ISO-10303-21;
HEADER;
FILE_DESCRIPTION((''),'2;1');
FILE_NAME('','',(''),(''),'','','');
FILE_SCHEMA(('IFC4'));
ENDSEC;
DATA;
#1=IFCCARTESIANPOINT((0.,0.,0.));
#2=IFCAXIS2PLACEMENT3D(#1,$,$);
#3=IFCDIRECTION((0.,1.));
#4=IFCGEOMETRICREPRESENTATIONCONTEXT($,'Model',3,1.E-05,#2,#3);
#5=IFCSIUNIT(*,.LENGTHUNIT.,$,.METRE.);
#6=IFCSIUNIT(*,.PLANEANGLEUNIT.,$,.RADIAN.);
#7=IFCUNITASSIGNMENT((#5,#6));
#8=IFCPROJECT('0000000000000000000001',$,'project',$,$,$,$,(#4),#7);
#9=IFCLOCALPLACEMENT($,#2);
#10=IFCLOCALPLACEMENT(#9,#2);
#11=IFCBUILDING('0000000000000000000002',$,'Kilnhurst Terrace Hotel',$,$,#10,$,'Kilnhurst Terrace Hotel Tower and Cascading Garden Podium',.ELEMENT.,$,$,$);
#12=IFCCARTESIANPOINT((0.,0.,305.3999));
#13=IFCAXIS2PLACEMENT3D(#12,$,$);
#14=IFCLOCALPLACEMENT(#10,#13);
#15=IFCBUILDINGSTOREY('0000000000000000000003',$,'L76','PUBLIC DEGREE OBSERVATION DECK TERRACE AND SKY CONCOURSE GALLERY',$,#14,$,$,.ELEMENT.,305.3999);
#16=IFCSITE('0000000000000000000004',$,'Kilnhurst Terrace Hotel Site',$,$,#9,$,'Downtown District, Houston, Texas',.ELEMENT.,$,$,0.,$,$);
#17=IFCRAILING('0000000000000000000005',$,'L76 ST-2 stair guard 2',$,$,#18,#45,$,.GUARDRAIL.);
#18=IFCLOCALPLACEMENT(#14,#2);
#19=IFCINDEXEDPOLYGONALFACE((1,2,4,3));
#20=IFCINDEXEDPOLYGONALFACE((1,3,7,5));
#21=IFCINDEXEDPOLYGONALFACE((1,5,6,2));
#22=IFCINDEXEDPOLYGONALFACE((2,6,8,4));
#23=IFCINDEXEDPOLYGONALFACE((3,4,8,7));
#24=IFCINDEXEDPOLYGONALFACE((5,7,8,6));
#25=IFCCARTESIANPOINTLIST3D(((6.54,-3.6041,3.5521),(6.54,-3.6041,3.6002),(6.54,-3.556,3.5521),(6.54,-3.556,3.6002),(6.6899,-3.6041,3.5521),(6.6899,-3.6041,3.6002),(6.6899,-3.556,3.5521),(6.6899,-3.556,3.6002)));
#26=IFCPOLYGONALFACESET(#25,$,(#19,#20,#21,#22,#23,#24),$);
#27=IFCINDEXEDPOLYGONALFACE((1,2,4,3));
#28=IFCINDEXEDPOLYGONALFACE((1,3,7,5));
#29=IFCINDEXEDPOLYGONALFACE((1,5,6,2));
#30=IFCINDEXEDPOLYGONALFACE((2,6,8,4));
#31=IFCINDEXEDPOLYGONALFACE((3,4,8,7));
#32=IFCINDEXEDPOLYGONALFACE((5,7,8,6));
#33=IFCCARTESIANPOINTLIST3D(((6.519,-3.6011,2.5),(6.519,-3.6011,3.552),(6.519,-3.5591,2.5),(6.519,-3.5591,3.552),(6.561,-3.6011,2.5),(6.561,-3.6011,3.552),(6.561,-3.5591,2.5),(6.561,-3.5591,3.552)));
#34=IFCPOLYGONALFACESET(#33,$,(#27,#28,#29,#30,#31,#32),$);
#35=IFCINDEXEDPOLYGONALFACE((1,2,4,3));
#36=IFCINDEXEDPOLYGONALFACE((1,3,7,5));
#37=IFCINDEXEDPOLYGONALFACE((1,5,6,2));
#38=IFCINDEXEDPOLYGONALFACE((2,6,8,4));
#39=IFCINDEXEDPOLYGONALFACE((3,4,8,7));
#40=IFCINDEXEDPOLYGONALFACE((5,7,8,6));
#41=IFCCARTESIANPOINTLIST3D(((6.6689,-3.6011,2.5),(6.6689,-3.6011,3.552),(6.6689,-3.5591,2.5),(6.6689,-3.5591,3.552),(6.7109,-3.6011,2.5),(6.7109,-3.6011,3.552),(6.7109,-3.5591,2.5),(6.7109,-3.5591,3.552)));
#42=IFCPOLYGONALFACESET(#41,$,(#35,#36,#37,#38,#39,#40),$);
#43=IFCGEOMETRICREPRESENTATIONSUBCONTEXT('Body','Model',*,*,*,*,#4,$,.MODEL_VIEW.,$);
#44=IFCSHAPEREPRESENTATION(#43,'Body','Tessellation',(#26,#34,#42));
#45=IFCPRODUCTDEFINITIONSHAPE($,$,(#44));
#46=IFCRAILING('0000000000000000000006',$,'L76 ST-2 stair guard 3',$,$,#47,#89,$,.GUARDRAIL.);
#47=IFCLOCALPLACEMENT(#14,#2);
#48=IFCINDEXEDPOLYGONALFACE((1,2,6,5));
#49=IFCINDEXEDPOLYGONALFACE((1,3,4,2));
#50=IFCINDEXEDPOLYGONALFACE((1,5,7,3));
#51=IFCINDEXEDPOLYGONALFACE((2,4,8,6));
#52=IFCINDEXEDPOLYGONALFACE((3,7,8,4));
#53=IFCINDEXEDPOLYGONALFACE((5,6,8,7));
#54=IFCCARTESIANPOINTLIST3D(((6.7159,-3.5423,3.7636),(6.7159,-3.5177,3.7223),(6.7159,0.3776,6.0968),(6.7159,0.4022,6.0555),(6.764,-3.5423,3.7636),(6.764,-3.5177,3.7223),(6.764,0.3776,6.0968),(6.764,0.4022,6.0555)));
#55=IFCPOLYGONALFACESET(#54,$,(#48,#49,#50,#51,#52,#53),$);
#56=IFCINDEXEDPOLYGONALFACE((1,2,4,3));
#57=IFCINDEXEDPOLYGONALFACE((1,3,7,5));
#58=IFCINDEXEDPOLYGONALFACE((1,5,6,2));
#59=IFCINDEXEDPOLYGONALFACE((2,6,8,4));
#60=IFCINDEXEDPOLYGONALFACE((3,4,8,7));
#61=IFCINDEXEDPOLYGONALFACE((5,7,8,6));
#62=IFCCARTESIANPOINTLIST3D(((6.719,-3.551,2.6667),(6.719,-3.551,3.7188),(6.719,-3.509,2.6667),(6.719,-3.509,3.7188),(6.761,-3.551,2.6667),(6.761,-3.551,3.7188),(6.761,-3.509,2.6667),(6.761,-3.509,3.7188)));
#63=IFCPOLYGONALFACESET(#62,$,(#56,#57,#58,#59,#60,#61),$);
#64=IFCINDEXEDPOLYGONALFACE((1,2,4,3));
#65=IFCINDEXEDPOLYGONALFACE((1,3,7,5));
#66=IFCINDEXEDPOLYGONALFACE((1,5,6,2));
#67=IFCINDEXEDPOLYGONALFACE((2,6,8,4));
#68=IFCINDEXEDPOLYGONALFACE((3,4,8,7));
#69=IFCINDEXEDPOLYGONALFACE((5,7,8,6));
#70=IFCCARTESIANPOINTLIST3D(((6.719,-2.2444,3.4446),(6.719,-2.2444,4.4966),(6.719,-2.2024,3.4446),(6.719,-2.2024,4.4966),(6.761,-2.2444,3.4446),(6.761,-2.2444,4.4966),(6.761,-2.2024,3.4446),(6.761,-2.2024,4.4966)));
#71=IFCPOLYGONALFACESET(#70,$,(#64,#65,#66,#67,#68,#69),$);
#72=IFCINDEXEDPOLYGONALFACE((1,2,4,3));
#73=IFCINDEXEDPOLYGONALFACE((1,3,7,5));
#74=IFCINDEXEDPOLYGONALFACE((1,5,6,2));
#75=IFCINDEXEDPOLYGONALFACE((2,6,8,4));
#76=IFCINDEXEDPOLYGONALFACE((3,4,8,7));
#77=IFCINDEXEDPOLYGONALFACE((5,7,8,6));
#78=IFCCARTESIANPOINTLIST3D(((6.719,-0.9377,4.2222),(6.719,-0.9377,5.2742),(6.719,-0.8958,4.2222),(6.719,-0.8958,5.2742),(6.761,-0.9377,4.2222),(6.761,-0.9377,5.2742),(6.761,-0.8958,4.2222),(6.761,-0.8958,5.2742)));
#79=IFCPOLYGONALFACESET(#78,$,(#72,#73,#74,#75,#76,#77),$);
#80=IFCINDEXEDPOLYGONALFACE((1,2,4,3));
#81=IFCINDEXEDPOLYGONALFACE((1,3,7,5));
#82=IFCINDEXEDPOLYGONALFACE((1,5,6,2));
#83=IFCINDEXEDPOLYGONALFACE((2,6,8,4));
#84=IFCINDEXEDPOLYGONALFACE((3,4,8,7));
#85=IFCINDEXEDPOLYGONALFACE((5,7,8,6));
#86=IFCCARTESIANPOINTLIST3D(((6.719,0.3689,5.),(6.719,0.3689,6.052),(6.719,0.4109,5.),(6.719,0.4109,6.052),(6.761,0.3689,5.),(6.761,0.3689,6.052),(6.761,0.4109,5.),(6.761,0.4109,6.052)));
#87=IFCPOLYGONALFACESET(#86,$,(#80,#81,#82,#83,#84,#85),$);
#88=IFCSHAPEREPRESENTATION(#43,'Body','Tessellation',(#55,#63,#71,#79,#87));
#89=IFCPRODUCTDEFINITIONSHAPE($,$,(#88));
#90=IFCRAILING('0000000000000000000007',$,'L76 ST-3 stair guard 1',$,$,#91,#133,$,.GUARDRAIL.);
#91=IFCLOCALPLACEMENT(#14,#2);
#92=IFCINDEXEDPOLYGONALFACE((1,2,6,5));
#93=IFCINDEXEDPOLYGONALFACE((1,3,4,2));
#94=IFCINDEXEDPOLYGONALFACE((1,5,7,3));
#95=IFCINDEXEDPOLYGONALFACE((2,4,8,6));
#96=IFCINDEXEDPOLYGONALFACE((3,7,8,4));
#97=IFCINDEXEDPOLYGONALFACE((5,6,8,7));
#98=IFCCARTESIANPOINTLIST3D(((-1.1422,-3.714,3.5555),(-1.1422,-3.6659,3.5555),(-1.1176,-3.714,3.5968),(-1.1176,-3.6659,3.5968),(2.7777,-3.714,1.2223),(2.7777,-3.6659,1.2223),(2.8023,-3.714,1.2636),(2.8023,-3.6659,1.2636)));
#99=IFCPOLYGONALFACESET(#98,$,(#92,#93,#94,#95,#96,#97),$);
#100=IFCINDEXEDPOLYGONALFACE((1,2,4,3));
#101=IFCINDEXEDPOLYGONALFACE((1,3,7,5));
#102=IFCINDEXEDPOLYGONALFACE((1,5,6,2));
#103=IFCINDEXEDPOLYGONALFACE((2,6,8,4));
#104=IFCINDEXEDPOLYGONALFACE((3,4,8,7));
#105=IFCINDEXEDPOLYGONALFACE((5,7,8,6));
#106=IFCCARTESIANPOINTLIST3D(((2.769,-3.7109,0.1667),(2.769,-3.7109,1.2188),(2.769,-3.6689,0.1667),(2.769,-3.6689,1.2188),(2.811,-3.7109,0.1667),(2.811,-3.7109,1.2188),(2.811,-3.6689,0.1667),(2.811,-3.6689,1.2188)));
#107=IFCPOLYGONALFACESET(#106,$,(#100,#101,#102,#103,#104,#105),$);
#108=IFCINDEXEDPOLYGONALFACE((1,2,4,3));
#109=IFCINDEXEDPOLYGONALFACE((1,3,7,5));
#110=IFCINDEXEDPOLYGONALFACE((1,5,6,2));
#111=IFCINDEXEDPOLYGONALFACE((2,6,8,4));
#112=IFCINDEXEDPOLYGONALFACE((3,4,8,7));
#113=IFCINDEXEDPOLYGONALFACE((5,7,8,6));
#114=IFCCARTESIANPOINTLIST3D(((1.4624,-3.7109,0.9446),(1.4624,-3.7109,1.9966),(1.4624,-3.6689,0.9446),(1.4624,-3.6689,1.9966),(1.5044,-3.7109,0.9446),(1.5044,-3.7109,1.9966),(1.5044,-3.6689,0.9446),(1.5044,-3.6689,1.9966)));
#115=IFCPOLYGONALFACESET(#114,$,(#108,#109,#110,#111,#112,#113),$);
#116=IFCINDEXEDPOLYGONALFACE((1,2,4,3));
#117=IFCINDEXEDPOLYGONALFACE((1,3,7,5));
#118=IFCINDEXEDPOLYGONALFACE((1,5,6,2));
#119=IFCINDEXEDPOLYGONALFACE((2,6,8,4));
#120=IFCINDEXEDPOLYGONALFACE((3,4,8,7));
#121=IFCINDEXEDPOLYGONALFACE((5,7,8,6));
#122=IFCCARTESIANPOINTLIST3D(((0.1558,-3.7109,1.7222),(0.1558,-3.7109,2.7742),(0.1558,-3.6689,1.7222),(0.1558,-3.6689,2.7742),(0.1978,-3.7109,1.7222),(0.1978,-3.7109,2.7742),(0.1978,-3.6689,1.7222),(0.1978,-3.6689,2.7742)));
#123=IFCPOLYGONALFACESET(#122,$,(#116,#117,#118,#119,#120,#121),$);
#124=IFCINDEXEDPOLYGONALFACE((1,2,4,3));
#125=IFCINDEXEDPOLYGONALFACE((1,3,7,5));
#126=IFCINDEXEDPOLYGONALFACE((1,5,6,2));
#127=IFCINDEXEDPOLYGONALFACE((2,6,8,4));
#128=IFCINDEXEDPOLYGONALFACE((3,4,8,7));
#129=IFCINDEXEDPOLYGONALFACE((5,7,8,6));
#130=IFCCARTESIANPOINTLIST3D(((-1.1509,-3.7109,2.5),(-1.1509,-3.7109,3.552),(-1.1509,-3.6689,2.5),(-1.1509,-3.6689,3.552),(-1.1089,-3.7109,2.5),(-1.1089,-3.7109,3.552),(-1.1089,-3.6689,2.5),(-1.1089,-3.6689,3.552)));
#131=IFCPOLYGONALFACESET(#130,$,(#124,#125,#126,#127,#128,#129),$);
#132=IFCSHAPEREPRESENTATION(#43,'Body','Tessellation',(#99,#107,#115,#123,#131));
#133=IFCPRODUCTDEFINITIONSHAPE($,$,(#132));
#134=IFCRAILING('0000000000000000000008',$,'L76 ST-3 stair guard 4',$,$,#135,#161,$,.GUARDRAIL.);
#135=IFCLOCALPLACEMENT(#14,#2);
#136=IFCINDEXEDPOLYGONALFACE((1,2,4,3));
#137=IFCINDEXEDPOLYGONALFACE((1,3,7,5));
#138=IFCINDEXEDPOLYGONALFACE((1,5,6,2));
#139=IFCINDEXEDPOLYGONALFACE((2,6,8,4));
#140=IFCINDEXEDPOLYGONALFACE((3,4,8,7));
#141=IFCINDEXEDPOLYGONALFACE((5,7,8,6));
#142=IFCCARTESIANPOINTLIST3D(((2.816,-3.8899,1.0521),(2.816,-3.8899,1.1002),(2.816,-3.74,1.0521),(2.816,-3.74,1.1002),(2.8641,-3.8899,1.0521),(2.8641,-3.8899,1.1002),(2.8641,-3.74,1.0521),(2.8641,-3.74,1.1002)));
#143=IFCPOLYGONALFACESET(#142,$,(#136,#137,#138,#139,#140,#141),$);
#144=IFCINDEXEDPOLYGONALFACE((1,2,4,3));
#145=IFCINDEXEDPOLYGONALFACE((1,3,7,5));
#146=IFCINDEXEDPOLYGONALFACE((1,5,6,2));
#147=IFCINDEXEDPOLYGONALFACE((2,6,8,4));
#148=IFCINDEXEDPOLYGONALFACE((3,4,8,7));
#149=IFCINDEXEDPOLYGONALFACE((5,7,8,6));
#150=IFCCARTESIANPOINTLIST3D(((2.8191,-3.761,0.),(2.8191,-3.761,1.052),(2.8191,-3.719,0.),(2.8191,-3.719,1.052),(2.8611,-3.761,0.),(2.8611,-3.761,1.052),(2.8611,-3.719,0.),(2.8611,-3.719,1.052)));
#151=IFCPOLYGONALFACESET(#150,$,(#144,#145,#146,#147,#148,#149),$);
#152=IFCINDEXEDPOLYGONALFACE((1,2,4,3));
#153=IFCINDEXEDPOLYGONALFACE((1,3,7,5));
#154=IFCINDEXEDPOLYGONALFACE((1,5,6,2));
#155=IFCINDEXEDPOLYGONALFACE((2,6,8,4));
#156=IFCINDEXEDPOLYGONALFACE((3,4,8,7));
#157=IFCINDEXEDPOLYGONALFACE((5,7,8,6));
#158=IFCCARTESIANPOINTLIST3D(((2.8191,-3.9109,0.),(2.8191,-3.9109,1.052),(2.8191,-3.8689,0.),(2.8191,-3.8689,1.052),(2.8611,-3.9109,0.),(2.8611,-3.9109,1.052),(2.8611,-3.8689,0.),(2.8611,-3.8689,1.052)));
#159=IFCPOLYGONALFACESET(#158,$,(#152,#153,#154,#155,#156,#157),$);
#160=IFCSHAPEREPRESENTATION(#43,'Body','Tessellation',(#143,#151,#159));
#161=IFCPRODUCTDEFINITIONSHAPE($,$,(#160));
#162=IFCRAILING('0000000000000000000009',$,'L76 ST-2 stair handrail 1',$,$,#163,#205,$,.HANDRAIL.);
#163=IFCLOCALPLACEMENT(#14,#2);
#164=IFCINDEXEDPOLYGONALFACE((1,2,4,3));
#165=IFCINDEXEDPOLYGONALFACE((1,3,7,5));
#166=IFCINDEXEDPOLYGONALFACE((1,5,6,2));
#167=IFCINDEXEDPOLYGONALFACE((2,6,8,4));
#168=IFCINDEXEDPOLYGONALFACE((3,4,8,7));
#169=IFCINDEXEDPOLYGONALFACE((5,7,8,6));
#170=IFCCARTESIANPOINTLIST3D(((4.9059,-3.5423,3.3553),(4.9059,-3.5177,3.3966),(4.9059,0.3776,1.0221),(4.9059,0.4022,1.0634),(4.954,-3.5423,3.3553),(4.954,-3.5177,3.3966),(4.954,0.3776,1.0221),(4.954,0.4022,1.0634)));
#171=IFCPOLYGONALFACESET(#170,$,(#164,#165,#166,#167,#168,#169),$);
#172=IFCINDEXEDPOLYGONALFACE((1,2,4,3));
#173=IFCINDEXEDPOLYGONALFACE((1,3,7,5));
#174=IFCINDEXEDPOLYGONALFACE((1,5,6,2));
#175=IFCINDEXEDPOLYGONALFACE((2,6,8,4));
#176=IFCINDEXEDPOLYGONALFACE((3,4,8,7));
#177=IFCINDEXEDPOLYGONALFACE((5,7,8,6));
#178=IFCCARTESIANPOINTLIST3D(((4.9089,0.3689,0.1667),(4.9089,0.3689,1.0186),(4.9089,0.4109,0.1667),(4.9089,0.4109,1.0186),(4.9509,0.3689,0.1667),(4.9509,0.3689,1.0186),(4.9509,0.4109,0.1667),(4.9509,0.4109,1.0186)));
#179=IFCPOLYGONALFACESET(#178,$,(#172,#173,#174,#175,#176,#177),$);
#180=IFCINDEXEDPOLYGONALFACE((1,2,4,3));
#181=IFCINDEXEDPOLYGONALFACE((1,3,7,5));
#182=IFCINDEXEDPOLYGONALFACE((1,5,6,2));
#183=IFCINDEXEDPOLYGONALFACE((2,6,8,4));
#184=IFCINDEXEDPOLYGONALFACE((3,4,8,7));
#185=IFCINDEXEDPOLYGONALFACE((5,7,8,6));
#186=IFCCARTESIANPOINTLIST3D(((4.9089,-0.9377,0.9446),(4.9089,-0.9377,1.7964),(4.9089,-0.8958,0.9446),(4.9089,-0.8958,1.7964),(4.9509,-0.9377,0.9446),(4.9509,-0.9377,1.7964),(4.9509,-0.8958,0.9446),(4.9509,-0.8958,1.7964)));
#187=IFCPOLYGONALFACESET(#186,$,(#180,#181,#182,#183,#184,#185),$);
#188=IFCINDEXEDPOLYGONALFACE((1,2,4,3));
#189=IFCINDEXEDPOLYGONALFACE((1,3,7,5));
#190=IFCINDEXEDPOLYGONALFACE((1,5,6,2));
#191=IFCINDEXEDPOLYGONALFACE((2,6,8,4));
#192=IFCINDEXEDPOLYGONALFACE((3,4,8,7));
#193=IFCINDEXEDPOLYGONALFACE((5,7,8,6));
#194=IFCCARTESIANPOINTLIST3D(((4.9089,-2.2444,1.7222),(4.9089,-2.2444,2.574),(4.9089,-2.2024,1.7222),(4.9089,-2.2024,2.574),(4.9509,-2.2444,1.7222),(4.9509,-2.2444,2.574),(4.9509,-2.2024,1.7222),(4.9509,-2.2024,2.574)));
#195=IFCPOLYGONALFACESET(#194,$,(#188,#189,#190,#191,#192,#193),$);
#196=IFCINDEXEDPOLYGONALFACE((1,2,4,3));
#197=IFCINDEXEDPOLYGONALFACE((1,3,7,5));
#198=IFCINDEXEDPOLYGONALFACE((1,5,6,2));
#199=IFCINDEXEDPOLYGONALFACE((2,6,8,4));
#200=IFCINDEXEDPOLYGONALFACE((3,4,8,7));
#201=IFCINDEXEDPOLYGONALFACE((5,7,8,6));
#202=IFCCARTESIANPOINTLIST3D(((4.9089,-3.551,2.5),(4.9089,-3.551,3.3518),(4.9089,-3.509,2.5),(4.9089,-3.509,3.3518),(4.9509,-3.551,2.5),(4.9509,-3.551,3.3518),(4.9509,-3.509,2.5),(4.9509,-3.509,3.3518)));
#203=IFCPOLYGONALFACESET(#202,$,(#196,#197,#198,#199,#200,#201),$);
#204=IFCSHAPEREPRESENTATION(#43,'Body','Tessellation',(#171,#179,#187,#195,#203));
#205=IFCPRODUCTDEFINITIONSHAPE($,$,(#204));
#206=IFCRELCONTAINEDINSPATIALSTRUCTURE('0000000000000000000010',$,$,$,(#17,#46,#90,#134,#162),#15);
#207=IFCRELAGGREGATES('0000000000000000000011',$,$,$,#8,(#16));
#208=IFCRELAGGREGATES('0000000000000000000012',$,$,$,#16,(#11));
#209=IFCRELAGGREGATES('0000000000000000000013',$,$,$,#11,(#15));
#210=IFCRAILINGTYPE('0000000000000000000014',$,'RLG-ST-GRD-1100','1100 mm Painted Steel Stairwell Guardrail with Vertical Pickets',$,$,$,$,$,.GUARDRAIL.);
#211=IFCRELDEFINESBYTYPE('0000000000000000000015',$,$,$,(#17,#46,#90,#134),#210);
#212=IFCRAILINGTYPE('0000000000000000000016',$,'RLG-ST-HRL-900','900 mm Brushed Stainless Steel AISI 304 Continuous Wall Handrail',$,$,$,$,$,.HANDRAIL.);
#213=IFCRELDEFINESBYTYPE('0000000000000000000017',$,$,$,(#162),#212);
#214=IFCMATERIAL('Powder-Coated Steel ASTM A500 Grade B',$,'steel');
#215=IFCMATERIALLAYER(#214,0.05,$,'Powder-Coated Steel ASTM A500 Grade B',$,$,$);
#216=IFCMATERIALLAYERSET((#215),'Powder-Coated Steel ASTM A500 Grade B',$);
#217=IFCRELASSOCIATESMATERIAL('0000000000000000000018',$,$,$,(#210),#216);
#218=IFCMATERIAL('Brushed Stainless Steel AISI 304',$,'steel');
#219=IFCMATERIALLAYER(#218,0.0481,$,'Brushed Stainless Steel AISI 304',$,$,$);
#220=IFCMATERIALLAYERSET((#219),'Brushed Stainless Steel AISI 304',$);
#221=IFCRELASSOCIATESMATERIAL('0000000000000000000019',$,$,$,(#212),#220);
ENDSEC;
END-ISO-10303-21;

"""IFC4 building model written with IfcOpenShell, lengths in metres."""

from ifc_helpers import new_model, si_unit, direction, frame, origin, origin_2d, place, context, subcontext, project, spatial, rectangle, extrude, material, layer, layer_set, type_object, element, save


model = new_model("IFC4")

# Units and contexts
model_context = context("Model", 3, precision=1e-05, world=origin(), true_north=direction((0.0, 1.0)))
body_context = subcontext(model_context, "Body", "Model", "MODEL_VIEW")
ifc_project = project(units=[si_unit("LENGTHUNIT", "METRE"), si_unit("PLANEANGLEUNIT", "RADIAN")], contexts=[model_context])

# Site, building, storey
site_placement = place(None, origin())
site = spatial("IfcSite", under=ifc_project, at=site_placement, Name="Kilnhurst Terrace Hotel Site", LongName="Downtown District, Houston, Texas", CompositionType="ELEMENT", RefElevation=0.0)
building_placement = place(site_placement, origin())
building = spatial("IfcBuilding", under=site, at=building_placement, Name="Kilnhurst Terrace Hotel", LongName="Kilnhurst Terrace Hotel Tower and Cascading Garden Podium", CompositionType="ELEMENT")
storey_placement = place(building_placement, frame((0.0, 0.0, 305.3999)))
storey = spatial("IfcBuildingStorey", under=building, at=storey_placement, Name="L76", Description="PUBLIC DEGREE OBSERVATION DECK TERRACE AND SKY CONCOURSE GALLERY", CompositionType="ELEMENT", Elevation=305.3999)

# Railings
ifc_material_1 = material(Name="Powder-Coated Steel ASTM A500 Grade B", Category="steel")
ifc_layer_1 = layer(ifc_material_1, 0.05, Name="Powder-Coated Steel ASTM A500 Grade B")
ifc_layer_set_1 = layer_set([ifc_layer_1], Name="Powder-Coated Steel ASTM A500 Grade B")
railing_type_1 = type_object("IfcRailingType", Name="RLG-ST-GRD-1100", Description="1100 mm Painted Steel Stairwell Guardrail with Vertical Pickets", PredefinedType="GUARDRAIL", material=ifc_layer_set_1)
railing_1_placement = place(storey_placement, frame((6.54, -3.5801, 2.5)))
element("IfcRailing", 1, at=railing_1_placement, inside=storey, type_object=railing_type_1, Name="L76 ST-2 stair guard 2", PredefinedType="GUARDRAIL", context=body_context, shape_type="SweptSolid", body=[
    extrude(rectangle(XDim=0.0481, YDim=0.0481, at=origin_2d()), frame((0.0, 0.0, 1.0762), z_axis=(1.0, 0.0, 0.0), x_axis=(0.0, 1.0, 0.0)), (0.0, 0.0, 1.0), 0.1499),
    extrude(rectangle(XDim=0.042, YDim=0.042, at=origin_2d()), origin(), (0.0, 0.0, 1.0), 1.052),
    extrude(rectangle(XDim=0.042, YDim=0.042, at=origin_2d()), frame((0.1499, 0.0, 0.0)), (0.0, 0.0, 1.0), 1.052),
])
railing_2_placement = place(storey_placement, frame((6.74, -3.53, 2.6667)))
element("IfcRailing", 2, at=railing_2_placement, inside=storey, type_object=railing_type_1, Name="L76 ST-2 stair guard 3", PredefinedType="GUARDRAIL", context=body_context, shape_type="SweptSolid", body=[
    extrude(rectangle(XDim=0.0481, YDim=0.0481, at=origin_2d()), frame((0.0, 0.0, 1.0762), z_axis=(0.0, 0.859296, 0.511478), x_axis=(-1.0, 0.0, 0.0)), (0.0, 0.0, 1.0), 4.5618),
    extrude(rectangle(XDim=0.042, YDim=0.042, at=origin_2d()), origin(), (0.0, 0.0, 1.0), 1.052),
    extrude(rectangle(XDim=0.042, YDim=0.042, at=origin_2d()), frame((0.0, 1.3066, 0.7778)), (0.0, 0.0, 1.0), 1.052),
    extrude(rectangle(XDim=0.042, YDim=0.042, at=origin_2d()), frame((0.0, 2.6133, 1.5554)), (0.0, 0.0, 1.0), 1.052),
    extrude(rectangle(XDim=0.042, YDim=0.042, at=origin_2d()), frame((0.0, 3.9199, 2.3333)), (0.0, 0.0, 1.0), 1.052),
])
railing_3_placement = place(storey_placement, frame((2.79, -3.6899, 0.1667)))
element("IfcRailing", 3, at=railing_3_placement, inside=storey, type_object=railing_type_1, Name="L76 ST-3 stair guard 1", PredefinedType="GUARDRAIL", context=body_context, shape_type="SweptSolid", body=[
    extrude(rectangle(XDim=0.0481, YDim=0.0481, at=origin_2d()), frame((0.0, 0.0, 1.0762), z_axis=(-0.859296, 0.0, 0.511478), x_axis=(0.0, -1.0, 0.0)), (0.0, 0.0, 1.0), 4.5618),
    extrude(rectangle(XDim=0.042, YDim=0.042, at=origin_2d()), origin(), (0.0, 0.0, 1.0), 1.052),
    extrude(rectangle(XDim=0.042, YDim=0.042, at=origin_2d()), frame((-1.3066, 0.0, 0.7778)), (0.0, 0.0, 1.0), 1.052),
    extrude(rectangle(XDim=0.042, YDim=0.042, at=origin_2d()), frame((-2.6133, 0.0, 1.5554)), (0.0, 0.0, 1.0), 1.052),
    extrude(rectangle(XDim=0.042, YDim=0.042, at=origin_2d()), frame((-3.9199, 0.0, 2.3333)), (0.0, 0.0, 1.0), 1.052),
])
railing_4_placement = place(storey_placement, frame((2.8401, -3.74, 0.0)))
element("IfcRailing", 4, at=railing_4_placement, inside=storey, type_object=railing_type_1, Name="L76 ST-3 stair guard 4", PredefinedType="GUARDRAIL", context=body_context, shape_type="SweptSolid", body=[
    extrude(rectangle(XDim=0.0481, YDim=0.0481, at=origin_2d()), frame((0.0, 0.0, 1.0762), z_axis=(0.0, -1.0, 0.0), x_axis=(1.0, 0.0, 0.0)), (0.0, 0.0, 1.0), 0.1499),
    extrude(rectangle(XDim=0.042, YDim=0.042, at=origin_2d()), origin(), (0.0, 0.0, 1.0), 1.052),
    extrude(rectangle(XDim=0.042, YDim=0.042, at=origin_2d()), frame((0.0, -0.1499, 0.0)), (0.0, 0.0, 1.0), 1.052),
])
ifc_material_2 = material(Name="Brushed Stainless Steel AISI 304", Category="steel")
ifc_layer_2 = layer(ifc_material_2, 0.0481, Name="Brushed Stainless Steel AISI 304")
ifc_layer_set_2 = layer_set([ifc_layer_2], Name="Brushed Stainless Steel AISI 304")
railing_type_2 = type_object("IfcRailingType", Name="RLG-ST-HRL-900", Description="900 mm Brushed Stainless Steel AISI 304 Continuous Wall Handrail", PredefinedType="HANDRAIL", material=ifc_layer_set_2)
railing_5_placement = place(storey_placement, frame((4.9299, 0.3899, 0.1667)))
element("IfcRailing", 5, at=railing_5_placement, inside=storey, type_object=railing_type_2, Name="L76 ST-2 stair handrail 1", PredefinedType="HANDRAIL", context=body_context, shape_type="SweptSolid", body=[
    extrude(rectangle(XDim=0.0481, YDim=0.0481, at=origin_2d()), frame((0.0, 0.0, 0.876), z_axis=(0.0, -0.859296, 0.511478), x_axis=(1.0, 0.0, 0.0)), (0.0, 0.0, 1.0), 4.5618),
    extrude(rectangle(XDim=0.042, YDim=0.042, at=origin_2d()), origin(), (0.0, 0.0, 1.0), 0.8518),
    extrude(rectangle(XDim=0.042, YDim=0.042, at=origin_2d()), frame((0.0, -1.3066, 0.7778)), (0.0, 0.0, 1.0), 0.8518),
    extrude(rectangle(XDim=0.042, YDim=0.042, at=origin_2d()), frame((0.0, -2.6133, 1.5554)), (0.0, 0.0, 1.0), 0.8518),
    extrude(rectangle(XDim=0.042, YDim=0.042, at=origin_2d()), frame((0.0, -3.9199, 2.3333)), (0.0, 0.0, 1.0), 0.8518),
])

save(model, "model.ifc")
